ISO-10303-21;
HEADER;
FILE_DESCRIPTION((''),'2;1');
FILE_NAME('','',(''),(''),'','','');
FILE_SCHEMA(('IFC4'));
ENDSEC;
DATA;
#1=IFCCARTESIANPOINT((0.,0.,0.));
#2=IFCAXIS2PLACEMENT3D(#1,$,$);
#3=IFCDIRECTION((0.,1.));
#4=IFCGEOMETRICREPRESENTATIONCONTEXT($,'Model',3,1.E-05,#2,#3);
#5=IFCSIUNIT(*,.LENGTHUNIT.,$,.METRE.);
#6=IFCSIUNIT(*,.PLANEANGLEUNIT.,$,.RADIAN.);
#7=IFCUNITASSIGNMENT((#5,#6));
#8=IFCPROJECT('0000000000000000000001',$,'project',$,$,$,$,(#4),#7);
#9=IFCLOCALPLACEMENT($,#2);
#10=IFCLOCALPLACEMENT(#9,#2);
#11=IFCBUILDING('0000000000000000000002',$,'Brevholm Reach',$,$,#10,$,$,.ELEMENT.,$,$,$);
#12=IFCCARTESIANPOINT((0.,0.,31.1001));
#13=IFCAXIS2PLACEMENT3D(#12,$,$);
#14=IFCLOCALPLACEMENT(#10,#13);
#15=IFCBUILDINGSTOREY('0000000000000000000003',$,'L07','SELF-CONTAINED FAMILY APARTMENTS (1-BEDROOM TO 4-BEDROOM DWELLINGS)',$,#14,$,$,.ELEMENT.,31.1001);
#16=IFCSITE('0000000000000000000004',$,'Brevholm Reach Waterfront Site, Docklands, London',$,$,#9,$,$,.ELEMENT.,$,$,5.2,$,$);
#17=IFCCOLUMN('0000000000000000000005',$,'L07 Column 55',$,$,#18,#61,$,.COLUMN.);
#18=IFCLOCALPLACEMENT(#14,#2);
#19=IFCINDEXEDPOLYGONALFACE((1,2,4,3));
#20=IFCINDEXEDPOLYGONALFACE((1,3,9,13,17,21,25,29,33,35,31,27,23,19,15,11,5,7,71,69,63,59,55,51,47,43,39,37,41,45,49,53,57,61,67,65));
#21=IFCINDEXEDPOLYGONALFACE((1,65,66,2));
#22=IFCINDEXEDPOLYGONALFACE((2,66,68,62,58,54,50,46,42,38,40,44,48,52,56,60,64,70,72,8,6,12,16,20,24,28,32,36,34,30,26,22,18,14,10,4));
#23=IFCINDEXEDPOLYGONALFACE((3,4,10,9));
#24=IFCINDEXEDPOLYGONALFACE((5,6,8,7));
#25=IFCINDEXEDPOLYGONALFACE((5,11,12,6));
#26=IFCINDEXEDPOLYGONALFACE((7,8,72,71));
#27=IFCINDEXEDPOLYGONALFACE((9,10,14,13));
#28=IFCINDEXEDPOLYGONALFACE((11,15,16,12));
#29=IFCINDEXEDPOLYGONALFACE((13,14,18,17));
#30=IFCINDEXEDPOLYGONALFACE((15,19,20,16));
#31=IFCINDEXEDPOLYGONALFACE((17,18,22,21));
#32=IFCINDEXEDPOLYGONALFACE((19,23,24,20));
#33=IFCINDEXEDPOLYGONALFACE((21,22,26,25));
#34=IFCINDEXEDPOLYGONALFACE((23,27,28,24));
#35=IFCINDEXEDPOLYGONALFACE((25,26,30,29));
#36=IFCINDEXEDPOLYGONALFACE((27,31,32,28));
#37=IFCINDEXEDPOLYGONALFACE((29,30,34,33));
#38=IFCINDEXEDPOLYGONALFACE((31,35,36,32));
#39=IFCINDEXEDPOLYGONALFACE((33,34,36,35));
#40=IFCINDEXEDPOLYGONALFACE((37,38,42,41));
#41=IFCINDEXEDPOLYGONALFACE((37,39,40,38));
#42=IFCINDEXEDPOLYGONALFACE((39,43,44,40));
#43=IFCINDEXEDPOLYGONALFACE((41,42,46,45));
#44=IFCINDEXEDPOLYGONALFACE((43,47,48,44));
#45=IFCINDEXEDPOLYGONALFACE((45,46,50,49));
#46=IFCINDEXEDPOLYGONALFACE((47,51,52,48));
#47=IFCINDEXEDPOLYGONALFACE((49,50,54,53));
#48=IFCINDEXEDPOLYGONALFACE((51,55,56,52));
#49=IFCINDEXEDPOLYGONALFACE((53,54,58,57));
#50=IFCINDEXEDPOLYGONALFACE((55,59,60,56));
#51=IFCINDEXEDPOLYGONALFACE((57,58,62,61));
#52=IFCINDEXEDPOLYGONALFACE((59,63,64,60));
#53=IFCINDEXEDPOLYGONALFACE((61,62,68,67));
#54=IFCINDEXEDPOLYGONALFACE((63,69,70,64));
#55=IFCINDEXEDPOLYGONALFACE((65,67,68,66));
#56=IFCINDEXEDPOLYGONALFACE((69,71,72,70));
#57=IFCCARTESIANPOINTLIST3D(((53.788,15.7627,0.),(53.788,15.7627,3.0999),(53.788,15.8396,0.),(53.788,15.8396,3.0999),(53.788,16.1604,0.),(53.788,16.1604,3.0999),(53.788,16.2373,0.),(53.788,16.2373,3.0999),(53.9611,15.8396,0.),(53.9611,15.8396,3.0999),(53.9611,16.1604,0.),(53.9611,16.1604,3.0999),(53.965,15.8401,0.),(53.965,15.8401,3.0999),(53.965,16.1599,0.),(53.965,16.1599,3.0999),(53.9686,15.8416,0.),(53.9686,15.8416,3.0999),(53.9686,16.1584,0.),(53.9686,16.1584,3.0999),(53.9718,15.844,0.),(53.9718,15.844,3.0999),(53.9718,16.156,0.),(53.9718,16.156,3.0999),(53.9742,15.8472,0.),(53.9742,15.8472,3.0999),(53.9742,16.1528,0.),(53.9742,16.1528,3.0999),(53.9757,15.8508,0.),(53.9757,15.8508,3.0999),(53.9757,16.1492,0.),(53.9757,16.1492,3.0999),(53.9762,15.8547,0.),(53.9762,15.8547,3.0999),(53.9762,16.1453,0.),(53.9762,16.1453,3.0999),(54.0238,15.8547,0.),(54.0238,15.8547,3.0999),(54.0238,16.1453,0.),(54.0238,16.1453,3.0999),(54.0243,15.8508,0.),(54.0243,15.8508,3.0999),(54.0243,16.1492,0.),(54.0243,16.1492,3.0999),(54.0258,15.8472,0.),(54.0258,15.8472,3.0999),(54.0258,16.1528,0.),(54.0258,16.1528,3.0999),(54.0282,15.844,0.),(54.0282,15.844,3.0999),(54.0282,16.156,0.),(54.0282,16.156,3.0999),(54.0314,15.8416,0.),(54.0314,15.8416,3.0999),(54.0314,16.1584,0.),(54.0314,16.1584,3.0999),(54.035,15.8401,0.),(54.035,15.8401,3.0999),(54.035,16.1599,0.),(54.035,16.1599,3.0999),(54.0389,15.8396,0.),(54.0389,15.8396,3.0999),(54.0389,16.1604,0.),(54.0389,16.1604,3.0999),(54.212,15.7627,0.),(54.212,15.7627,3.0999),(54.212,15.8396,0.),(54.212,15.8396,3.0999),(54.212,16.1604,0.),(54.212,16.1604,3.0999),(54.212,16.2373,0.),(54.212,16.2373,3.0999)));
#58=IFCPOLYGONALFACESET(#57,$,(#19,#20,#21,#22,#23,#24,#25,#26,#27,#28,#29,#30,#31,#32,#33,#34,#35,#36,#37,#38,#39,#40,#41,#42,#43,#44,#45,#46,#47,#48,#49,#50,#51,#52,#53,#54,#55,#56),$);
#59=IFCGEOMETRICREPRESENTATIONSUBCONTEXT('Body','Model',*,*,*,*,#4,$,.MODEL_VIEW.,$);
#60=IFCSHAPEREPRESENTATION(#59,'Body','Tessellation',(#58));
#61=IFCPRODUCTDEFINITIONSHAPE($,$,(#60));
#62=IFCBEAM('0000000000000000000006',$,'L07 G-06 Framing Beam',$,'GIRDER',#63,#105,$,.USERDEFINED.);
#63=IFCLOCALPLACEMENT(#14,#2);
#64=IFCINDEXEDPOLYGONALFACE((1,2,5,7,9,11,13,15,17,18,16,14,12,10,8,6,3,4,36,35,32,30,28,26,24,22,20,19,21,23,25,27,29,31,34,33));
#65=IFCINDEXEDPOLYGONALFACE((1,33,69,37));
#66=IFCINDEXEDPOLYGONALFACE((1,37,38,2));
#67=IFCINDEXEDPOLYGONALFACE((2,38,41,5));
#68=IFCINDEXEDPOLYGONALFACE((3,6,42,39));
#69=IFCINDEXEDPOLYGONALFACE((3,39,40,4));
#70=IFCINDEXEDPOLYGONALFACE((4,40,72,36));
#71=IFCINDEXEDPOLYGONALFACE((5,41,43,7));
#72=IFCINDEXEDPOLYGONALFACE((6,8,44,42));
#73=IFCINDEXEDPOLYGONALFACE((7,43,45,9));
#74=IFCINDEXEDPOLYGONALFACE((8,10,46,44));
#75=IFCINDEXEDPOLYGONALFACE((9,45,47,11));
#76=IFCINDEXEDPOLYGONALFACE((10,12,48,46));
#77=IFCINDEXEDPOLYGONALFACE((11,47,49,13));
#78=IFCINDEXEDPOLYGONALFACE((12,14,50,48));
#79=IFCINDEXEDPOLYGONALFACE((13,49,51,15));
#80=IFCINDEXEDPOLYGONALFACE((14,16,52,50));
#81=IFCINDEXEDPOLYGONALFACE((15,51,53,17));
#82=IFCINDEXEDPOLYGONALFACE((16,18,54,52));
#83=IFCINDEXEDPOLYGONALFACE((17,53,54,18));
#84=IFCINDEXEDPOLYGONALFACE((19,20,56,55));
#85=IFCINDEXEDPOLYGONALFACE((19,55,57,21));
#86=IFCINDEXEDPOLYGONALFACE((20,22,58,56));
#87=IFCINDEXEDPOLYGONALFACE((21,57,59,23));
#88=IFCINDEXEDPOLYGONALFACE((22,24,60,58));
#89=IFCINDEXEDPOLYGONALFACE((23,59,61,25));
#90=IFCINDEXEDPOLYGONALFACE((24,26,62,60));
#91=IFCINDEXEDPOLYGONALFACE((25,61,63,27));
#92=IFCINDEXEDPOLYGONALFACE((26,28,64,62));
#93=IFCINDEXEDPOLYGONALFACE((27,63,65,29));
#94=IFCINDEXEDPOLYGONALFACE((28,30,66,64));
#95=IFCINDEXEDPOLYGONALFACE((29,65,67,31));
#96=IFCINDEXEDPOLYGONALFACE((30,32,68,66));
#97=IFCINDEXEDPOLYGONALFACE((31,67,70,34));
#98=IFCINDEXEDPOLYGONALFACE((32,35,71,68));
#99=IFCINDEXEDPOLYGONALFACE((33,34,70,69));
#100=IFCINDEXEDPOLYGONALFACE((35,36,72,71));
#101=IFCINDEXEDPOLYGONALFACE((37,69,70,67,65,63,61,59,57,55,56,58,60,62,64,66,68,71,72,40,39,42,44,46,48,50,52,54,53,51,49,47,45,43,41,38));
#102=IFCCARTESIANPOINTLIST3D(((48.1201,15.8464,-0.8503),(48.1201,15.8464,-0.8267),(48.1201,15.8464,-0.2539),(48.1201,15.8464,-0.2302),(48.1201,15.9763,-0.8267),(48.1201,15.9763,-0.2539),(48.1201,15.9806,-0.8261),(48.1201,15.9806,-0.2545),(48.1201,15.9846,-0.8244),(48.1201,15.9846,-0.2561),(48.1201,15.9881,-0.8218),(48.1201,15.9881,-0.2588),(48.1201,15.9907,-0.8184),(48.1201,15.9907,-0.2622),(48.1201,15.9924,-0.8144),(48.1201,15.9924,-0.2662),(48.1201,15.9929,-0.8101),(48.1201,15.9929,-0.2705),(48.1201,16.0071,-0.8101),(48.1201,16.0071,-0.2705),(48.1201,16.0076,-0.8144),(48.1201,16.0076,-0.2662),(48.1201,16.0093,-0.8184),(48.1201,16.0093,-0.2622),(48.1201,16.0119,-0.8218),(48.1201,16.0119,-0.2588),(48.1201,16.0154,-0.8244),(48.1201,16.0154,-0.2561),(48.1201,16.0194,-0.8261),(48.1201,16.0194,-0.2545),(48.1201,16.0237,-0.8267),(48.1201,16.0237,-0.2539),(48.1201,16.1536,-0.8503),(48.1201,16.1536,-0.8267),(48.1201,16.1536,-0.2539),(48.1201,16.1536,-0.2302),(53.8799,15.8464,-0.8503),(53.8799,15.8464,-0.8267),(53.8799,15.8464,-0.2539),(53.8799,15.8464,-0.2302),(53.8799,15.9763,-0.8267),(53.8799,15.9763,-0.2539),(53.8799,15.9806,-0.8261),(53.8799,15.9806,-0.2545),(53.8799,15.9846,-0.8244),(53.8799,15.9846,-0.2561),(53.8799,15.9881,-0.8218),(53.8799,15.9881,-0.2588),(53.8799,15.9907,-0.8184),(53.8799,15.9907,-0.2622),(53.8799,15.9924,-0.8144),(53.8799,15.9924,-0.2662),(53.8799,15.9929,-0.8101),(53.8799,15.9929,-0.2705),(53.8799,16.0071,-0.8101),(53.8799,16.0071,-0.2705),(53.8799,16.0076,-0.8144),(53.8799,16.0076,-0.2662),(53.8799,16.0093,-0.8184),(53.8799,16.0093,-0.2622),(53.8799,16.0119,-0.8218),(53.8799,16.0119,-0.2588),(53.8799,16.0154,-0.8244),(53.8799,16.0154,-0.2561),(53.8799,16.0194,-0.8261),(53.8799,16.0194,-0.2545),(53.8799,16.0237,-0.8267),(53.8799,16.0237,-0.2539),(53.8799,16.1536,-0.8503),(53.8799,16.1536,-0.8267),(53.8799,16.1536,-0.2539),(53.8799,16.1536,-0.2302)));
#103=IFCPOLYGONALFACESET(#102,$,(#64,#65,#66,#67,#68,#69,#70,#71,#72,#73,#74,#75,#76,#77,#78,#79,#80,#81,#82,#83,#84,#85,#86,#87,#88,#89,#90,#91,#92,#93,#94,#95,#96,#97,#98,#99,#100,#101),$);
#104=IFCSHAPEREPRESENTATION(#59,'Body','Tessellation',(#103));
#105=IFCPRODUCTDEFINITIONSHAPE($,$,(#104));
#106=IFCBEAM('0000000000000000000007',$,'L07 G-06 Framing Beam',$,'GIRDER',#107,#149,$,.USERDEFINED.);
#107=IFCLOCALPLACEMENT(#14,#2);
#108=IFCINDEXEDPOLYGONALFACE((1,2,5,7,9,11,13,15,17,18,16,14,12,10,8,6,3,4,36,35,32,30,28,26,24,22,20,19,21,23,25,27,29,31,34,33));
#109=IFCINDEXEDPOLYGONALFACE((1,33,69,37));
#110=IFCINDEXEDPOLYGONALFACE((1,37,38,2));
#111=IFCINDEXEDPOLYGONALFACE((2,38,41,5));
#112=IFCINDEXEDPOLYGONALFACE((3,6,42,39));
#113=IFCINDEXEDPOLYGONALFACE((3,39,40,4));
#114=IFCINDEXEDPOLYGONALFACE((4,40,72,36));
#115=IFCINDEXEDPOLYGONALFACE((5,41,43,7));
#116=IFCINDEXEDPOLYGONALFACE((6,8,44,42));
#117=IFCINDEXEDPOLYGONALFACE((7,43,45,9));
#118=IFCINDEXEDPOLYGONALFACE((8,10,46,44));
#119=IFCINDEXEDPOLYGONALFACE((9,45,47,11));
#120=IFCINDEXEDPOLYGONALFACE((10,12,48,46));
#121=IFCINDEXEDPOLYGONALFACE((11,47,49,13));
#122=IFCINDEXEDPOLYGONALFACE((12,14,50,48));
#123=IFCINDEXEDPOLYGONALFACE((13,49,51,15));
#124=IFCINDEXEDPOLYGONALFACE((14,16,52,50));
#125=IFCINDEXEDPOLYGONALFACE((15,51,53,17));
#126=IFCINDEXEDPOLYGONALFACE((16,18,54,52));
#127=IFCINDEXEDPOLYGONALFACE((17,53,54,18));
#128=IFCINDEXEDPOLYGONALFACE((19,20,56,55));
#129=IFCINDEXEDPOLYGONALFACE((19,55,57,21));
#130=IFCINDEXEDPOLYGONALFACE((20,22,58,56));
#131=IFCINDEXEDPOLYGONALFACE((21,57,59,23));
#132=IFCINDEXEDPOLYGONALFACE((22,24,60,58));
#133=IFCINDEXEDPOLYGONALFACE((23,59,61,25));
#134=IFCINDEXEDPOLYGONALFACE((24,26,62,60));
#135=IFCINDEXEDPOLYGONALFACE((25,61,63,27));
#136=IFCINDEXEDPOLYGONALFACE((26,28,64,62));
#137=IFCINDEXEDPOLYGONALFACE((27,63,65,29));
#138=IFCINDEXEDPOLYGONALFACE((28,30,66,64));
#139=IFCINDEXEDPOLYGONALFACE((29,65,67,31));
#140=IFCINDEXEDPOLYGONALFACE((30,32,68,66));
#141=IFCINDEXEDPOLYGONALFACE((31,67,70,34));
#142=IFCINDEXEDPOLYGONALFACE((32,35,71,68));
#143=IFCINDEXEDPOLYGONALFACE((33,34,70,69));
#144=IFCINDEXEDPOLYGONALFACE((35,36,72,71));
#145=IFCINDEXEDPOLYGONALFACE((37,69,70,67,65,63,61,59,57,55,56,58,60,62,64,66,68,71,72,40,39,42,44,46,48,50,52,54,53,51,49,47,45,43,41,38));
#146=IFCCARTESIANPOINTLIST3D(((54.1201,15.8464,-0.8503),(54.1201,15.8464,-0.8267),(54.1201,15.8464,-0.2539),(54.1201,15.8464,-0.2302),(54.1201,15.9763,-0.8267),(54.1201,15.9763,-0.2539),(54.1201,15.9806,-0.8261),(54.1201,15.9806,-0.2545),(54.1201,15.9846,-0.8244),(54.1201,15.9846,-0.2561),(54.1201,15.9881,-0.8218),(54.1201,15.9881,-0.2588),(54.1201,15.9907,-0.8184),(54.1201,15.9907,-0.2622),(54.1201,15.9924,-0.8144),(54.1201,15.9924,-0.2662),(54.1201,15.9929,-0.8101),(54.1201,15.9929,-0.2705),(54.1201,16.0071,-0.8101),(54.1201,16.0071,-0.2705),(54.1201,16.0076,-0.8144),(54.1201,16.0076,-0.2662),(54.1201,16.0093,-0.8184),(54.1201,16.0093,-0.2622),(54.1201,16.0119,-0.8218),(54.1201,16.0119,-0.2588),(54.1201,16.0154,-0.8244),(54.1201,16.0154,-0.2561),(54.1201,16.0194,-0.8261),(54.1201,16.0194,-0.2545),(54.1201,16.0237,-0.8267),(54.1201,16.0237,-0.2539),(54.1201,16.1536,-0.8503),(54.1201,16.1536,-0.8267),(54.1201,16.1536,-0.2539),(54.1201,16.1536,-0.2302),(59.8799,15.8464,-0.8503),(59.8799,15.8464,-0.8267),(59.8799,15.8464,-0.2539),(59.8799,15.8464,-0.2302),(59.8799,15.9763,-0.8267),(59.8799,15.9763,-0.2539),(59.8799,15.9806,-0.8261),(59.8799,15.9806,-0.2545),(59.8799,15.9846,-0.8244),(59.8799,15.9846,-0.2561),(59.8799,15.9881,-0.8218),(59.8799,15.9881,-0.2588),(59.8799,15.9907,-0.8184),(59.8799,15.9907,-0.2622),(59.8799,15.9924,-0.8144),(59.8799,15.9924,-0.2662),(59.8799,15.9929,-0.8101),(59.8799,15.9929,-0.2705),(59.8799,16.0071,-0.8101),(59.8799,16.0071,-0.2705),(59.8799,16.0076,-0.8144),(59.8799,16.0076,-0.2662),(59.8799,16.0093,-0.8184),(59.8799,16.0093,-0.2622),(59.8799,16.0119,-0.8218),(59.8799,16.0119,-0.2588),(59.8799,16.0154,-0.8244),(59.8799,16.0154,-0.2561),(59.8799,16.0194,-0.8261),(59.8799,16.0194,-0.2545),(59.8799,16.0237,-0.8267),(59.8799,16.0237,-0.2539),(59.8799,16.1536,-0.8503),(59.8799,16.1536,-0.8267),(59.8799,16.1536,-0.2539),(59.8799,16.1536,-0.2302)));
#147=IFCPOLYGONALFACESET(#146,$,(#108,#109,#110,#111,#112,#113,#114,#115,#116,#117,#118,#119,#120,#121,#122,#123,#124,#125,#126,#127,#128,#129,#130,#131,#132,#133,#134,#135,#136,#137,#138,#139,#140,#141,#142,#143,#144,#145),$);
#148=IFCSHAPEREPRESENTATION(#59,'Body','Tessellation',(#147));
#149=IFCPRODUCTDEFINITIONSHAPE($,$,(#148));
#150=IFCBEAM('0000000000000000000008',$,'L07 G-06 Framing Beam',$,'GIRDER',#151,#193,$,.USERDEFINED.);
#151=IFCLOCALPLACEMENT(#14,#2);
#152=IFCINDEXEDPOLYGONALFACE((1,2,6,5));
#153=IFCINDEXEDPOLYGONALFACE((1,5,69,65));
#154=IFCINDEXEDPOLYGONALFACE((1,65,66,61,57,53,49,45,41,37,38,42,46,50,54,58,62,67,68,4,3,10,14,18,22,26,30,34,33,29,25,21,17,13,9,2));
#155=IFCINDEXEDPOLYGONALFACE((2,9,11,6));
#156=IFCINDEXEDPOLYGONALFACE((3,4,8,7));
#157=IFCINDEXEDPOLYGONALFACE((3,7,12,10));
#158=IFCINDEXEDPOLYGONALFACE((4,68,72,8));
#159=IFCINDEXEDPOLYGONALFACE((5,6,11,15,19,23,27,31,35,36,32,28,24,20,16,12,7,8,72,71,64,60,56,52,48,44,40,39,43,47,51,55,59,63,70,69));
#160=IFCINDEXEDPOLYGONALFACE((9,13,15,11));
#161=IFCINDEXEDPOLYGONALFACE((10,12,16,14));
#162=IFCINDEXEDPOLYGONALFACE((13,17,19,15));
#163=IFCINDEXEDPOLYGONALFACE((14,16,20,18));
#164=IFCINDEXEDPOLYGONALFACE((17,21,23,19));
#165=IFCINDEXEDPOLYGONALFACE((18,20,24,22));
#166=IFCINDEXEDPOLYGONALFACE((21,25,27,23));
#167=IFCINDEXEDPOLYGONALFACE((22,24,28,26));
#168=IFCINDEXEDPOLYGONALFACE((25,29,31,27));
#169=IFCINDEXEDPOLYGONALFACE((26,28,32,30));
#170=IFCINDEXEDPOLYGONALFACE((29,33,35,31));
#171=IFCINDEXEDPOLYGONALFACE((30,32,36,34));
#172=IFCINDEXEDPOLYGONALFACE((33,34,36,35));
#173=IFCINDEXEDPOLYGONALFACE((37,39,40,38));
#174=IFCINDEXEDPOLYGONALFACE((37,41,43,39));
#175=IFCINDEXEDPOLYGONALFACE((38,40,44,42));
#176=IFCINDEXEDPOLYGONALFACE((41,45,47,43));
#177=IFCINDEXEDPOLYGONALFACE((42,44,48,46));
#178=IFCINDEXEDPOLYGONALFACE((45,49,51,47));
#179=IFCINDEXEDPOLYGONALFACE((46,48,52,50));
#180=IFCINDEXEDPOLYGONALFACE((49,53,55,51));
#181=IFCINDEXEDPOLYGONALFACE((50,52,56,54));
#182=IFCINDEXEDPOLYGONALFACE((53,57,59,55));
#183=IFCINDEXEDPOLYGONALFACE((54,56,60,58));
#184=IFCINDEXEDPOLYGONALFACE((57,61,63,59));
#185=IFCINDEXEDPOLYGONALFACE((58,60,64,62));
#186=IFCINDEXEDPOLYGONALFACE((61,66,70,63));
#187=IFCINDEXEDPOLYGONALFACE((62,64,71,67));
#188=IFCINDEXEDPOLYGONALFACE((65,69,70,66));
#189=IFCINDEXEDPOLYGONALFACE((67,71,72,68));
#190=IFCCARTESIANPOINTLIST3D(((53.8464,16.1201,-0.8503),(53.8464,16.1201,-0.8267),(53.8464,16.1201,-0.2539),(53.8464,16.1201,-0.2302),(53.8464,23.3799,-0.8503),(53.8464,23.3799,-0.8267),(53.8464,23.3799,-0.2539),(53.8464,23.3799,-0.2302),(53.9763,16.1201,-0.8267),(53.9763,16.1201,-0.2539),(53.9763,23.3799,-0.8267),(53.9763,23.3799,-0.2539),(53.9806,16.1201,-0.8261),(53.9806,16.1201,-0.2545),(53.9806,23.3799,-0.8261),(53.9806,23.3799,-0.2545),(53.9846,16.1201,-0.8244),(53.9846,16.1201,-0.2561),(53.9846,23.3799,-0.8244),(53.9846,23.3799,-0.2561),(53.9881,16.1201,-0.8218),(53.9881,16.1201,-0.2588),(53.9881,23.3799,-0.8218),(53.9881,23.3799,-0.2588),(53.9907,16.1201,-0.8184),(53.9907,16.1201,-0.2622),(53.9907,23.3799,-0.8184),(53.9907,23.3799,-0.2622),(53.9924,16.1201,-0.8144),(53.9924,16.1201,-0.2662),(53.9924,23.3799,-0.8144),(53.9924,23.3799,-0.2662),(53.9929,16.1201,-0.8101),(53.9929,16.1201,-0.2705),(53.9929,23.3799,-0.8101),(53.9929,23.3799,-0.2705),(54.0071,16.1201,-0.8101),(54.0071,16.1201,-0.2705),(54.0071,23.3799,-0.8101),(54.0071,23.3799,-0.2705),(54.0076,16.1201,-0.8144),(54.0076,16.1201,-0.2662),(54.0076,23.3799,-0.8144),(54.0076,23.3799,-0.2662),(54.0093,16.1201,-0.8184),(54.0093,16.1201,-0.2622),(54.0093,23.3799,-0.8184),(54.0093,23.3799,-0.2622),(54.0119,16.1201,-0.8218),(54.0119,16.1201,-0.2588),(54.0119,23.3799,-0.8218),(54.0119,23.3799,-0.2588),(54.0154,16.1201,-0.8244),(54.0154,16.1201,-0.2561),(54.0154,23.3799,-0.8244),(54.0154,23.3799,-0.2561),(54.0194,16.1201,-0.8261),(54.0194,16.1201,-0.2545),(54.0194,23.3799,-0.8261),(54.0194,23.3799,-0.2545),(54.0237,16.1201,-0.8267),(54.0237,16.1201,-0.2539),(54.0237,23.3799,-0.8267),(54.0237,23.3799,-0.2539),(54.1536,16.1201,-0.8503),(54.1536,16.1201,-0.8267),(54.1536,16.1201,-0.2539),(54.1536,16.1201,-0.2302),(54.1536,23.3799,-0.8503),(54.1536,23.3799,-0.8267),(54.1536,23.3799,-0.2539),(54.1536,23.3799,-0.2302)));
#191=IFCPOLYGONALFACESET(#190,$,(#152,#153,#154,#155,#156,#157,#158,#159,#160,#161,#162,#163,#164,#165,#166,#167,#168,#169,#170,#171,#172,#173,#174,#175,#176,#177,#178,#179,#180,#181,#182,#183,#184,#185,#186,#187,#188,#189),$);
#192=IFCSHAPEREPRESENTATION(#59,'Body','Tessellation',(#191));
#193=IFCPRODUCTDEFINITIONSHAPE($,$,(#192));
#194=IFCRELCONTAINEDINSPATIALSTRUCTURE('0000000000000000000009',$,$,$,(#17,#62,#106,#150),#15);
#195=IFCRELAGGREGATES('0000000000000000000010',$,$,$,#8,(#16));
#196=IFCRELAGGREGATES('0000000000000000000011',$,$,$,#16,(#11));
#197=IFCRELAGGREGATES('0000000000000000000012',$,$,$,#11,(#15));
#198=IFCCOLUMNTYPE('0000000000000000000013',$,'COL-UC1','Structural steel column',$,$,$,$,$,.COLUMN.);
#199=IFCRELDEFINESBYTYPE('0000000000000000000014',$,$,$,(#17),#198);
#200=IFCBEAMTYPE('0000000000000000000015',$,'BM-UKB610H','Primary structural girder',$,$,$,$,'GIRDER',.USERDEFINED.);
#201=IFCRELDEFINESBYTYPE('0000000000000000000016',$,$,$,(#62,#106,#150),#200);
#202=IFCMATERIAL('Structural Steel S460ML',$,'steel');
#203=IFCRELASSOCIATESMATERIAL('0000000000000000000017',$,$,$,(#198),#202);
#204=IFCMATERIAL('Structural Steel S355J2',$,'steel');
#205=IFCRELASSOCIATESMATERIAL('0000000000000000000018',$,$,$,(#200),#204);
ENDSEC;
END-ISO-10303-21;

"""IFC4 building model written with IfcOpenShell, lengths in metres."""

from ifc_helpers import new_model, si_unit, direction, frame, origin, origin_2d, place, context, subcontext, project, spatial, i_section, extrude, material, material_profile, profile_set, type_object, element, save


model = new_model("IFC4")

# Units and contexts
model_context = context("Model", 3, precision=1e-05, world=origin(), true_north=direction((0.0, 1.0)))
body_context = subcontext(model_context, "Body", "Model", "MODEL_VIEW")
ifc_project = project(units=[si_unit("LENGTHUNIT", "METRE"), si_unit("PLANEANGLEUNIT", "RADIAN")], contexts=[model_context])

# Site, building, storey
site_placement = place(None, origin())
site = spatial("IfcSite", under=ifc_project, at=site_placement, Name="Brevholm Reach Waterfront Site, Docklands, London", CompositionType="ELEMENT", RefElevation=5.2)
building_placement = place(site_placement, origin())
building = spatial("IfcBuilding", under=site, at=building_placement, Name="Brevholm Reach", CompositionType="ELEMENT")
storey_placement = place(building_placement, frame((0.0, 0.0, 31.1001)))
storey = spatial("IfcBuildingStorey", under=building, at=storey_placement, Name="L07", Description="SELF-CONTAINED FAMILY APARTMENTS (1-BEDROOM TO 4-BEDROOM DWELLINGS)", CompositionType="ELEMENT", Elevation=31.1001)

# Column
ifc_material_1 = material(Name="Structural Steel S460ML", Category="steel")
ifc_material_profile_1 = material_profile(ifc_material_1, i_section(OverallWidth=0.4241, OverallDepth=0.4746, WebThickness=0.0476, FlangeThickness=0.0769, FilletRadius=0.0151, at=origin_2d()), Name="UKC 356x406x634")
ifc_profile_set_1 = profile_set([ifc_material_profile_1], Name="Structural Steel S460ML")
column_type = type_object("IfcColumnType", Name="COL-UC1", Description="Structural steel column", PredefinedType="COLUMN", material=ifc_profile_set_1)
column_placement = place(storey_placement, frame((54.0, 16.0, 0.0), z_axis=(0.0, 0.0, 1.0), x_axis=(1.0, 0.0, 0.0)))
element("IfcColumn", 1, at=column_placement, inside=storey, type_object=column_type, Name="L07 Column 55", PredefinedType="COLUMN", context=body_context, shape_type="SweptSolid", body=[
    extrude(i_section(OverallWidth=0.4241, OverallDepth=0.4746, WebThickness=0.0476, FlangeThickness=0.0769, FilletRadius=0.0151, at=origin_2d()), origin(), (0.0, 0.0, 1.0), 3.0999),
])

# Beams
ifc_material_2 = material(Name="Structural Steel S355J2", Category="steel")
ifc_material_profile_2 = material_profile(ifc_material_2, i_section(OverallWidth=0.3071, OverallDepth=0.6201, WebThickness=0.0142, FlangeThickness=0.0237, FilletRadius=0.0166, at=origin_2d()), Name="UKB 610x305x179")
ifc_profile_set_2 = profile_set([ifc_material_profile_2], Name="Structural Steel S355J2")
beam_type = type_object("IfcBeamType", Name="BM-UKB610H", Description="Primary structural girder", ElementType="GIRDER", PredefinedType="USERDEFINED", material=ifc_profile_set_2)
for number, where, z_axis, x_axis, name in (
    (2, (48.1201, 16.0, -0.5403), (1.0, 0.0, 0.0), (0.0, 1.0, 0.0), "L07 G-06 Framing Beam"),
    (3, (54.1201, 16.0, -0.5403), (1.0, 0.0, 0.0), (0.0, 1.0, 0.0), "L07 G-06 Framing Beam"),
):
    element("IfcBeam", number, at=place(storey_placement, frame(where, z_axis=z_axis, x_axis=x_axis)), inside=storey, type_object=beam_type, Name=name, ObjectType="GIRDER", PredefinedType="USERDEFINED", context=body_context, shape_type="SweptSolid", body=[
        extrude(i_section(OverallWidth=0.3071, OverallDepth=0.6201, WebThickness=0.0142, FlangeThickness=0.0237, FilletRadius=0.0166, at=origin_2d()), origin(), (0.0, 0.0, 1.0), 5.7598),
    ])
beam_placement = place(storey_placement, frame((54.0, 16.1201, -0.5403), z_axis=(0.0, 1.0, 0.0), x_axis=(-1.0, 0.0, 0.0)))
element("IfcBeam", 4, at=beam_placement, inside=storey, type_object=beam_type, Name="L07 G-06 Framing Beam", ObjectType="GIRDER", PredefinedType="USERDEFINED", context=body_context, shape_type="SweptSolid", body=[
    extrude(i_section(OverallWidth=0.3071, OverallDepth=0.6201, WebThickness=0.0142, FlangeThickness=0.0237, FilletRadius=0.0166, at=origin_2d()), origin(), (0.0, 0.0, 1.0), 7.2598),
])

save(model, "model.ifc")
